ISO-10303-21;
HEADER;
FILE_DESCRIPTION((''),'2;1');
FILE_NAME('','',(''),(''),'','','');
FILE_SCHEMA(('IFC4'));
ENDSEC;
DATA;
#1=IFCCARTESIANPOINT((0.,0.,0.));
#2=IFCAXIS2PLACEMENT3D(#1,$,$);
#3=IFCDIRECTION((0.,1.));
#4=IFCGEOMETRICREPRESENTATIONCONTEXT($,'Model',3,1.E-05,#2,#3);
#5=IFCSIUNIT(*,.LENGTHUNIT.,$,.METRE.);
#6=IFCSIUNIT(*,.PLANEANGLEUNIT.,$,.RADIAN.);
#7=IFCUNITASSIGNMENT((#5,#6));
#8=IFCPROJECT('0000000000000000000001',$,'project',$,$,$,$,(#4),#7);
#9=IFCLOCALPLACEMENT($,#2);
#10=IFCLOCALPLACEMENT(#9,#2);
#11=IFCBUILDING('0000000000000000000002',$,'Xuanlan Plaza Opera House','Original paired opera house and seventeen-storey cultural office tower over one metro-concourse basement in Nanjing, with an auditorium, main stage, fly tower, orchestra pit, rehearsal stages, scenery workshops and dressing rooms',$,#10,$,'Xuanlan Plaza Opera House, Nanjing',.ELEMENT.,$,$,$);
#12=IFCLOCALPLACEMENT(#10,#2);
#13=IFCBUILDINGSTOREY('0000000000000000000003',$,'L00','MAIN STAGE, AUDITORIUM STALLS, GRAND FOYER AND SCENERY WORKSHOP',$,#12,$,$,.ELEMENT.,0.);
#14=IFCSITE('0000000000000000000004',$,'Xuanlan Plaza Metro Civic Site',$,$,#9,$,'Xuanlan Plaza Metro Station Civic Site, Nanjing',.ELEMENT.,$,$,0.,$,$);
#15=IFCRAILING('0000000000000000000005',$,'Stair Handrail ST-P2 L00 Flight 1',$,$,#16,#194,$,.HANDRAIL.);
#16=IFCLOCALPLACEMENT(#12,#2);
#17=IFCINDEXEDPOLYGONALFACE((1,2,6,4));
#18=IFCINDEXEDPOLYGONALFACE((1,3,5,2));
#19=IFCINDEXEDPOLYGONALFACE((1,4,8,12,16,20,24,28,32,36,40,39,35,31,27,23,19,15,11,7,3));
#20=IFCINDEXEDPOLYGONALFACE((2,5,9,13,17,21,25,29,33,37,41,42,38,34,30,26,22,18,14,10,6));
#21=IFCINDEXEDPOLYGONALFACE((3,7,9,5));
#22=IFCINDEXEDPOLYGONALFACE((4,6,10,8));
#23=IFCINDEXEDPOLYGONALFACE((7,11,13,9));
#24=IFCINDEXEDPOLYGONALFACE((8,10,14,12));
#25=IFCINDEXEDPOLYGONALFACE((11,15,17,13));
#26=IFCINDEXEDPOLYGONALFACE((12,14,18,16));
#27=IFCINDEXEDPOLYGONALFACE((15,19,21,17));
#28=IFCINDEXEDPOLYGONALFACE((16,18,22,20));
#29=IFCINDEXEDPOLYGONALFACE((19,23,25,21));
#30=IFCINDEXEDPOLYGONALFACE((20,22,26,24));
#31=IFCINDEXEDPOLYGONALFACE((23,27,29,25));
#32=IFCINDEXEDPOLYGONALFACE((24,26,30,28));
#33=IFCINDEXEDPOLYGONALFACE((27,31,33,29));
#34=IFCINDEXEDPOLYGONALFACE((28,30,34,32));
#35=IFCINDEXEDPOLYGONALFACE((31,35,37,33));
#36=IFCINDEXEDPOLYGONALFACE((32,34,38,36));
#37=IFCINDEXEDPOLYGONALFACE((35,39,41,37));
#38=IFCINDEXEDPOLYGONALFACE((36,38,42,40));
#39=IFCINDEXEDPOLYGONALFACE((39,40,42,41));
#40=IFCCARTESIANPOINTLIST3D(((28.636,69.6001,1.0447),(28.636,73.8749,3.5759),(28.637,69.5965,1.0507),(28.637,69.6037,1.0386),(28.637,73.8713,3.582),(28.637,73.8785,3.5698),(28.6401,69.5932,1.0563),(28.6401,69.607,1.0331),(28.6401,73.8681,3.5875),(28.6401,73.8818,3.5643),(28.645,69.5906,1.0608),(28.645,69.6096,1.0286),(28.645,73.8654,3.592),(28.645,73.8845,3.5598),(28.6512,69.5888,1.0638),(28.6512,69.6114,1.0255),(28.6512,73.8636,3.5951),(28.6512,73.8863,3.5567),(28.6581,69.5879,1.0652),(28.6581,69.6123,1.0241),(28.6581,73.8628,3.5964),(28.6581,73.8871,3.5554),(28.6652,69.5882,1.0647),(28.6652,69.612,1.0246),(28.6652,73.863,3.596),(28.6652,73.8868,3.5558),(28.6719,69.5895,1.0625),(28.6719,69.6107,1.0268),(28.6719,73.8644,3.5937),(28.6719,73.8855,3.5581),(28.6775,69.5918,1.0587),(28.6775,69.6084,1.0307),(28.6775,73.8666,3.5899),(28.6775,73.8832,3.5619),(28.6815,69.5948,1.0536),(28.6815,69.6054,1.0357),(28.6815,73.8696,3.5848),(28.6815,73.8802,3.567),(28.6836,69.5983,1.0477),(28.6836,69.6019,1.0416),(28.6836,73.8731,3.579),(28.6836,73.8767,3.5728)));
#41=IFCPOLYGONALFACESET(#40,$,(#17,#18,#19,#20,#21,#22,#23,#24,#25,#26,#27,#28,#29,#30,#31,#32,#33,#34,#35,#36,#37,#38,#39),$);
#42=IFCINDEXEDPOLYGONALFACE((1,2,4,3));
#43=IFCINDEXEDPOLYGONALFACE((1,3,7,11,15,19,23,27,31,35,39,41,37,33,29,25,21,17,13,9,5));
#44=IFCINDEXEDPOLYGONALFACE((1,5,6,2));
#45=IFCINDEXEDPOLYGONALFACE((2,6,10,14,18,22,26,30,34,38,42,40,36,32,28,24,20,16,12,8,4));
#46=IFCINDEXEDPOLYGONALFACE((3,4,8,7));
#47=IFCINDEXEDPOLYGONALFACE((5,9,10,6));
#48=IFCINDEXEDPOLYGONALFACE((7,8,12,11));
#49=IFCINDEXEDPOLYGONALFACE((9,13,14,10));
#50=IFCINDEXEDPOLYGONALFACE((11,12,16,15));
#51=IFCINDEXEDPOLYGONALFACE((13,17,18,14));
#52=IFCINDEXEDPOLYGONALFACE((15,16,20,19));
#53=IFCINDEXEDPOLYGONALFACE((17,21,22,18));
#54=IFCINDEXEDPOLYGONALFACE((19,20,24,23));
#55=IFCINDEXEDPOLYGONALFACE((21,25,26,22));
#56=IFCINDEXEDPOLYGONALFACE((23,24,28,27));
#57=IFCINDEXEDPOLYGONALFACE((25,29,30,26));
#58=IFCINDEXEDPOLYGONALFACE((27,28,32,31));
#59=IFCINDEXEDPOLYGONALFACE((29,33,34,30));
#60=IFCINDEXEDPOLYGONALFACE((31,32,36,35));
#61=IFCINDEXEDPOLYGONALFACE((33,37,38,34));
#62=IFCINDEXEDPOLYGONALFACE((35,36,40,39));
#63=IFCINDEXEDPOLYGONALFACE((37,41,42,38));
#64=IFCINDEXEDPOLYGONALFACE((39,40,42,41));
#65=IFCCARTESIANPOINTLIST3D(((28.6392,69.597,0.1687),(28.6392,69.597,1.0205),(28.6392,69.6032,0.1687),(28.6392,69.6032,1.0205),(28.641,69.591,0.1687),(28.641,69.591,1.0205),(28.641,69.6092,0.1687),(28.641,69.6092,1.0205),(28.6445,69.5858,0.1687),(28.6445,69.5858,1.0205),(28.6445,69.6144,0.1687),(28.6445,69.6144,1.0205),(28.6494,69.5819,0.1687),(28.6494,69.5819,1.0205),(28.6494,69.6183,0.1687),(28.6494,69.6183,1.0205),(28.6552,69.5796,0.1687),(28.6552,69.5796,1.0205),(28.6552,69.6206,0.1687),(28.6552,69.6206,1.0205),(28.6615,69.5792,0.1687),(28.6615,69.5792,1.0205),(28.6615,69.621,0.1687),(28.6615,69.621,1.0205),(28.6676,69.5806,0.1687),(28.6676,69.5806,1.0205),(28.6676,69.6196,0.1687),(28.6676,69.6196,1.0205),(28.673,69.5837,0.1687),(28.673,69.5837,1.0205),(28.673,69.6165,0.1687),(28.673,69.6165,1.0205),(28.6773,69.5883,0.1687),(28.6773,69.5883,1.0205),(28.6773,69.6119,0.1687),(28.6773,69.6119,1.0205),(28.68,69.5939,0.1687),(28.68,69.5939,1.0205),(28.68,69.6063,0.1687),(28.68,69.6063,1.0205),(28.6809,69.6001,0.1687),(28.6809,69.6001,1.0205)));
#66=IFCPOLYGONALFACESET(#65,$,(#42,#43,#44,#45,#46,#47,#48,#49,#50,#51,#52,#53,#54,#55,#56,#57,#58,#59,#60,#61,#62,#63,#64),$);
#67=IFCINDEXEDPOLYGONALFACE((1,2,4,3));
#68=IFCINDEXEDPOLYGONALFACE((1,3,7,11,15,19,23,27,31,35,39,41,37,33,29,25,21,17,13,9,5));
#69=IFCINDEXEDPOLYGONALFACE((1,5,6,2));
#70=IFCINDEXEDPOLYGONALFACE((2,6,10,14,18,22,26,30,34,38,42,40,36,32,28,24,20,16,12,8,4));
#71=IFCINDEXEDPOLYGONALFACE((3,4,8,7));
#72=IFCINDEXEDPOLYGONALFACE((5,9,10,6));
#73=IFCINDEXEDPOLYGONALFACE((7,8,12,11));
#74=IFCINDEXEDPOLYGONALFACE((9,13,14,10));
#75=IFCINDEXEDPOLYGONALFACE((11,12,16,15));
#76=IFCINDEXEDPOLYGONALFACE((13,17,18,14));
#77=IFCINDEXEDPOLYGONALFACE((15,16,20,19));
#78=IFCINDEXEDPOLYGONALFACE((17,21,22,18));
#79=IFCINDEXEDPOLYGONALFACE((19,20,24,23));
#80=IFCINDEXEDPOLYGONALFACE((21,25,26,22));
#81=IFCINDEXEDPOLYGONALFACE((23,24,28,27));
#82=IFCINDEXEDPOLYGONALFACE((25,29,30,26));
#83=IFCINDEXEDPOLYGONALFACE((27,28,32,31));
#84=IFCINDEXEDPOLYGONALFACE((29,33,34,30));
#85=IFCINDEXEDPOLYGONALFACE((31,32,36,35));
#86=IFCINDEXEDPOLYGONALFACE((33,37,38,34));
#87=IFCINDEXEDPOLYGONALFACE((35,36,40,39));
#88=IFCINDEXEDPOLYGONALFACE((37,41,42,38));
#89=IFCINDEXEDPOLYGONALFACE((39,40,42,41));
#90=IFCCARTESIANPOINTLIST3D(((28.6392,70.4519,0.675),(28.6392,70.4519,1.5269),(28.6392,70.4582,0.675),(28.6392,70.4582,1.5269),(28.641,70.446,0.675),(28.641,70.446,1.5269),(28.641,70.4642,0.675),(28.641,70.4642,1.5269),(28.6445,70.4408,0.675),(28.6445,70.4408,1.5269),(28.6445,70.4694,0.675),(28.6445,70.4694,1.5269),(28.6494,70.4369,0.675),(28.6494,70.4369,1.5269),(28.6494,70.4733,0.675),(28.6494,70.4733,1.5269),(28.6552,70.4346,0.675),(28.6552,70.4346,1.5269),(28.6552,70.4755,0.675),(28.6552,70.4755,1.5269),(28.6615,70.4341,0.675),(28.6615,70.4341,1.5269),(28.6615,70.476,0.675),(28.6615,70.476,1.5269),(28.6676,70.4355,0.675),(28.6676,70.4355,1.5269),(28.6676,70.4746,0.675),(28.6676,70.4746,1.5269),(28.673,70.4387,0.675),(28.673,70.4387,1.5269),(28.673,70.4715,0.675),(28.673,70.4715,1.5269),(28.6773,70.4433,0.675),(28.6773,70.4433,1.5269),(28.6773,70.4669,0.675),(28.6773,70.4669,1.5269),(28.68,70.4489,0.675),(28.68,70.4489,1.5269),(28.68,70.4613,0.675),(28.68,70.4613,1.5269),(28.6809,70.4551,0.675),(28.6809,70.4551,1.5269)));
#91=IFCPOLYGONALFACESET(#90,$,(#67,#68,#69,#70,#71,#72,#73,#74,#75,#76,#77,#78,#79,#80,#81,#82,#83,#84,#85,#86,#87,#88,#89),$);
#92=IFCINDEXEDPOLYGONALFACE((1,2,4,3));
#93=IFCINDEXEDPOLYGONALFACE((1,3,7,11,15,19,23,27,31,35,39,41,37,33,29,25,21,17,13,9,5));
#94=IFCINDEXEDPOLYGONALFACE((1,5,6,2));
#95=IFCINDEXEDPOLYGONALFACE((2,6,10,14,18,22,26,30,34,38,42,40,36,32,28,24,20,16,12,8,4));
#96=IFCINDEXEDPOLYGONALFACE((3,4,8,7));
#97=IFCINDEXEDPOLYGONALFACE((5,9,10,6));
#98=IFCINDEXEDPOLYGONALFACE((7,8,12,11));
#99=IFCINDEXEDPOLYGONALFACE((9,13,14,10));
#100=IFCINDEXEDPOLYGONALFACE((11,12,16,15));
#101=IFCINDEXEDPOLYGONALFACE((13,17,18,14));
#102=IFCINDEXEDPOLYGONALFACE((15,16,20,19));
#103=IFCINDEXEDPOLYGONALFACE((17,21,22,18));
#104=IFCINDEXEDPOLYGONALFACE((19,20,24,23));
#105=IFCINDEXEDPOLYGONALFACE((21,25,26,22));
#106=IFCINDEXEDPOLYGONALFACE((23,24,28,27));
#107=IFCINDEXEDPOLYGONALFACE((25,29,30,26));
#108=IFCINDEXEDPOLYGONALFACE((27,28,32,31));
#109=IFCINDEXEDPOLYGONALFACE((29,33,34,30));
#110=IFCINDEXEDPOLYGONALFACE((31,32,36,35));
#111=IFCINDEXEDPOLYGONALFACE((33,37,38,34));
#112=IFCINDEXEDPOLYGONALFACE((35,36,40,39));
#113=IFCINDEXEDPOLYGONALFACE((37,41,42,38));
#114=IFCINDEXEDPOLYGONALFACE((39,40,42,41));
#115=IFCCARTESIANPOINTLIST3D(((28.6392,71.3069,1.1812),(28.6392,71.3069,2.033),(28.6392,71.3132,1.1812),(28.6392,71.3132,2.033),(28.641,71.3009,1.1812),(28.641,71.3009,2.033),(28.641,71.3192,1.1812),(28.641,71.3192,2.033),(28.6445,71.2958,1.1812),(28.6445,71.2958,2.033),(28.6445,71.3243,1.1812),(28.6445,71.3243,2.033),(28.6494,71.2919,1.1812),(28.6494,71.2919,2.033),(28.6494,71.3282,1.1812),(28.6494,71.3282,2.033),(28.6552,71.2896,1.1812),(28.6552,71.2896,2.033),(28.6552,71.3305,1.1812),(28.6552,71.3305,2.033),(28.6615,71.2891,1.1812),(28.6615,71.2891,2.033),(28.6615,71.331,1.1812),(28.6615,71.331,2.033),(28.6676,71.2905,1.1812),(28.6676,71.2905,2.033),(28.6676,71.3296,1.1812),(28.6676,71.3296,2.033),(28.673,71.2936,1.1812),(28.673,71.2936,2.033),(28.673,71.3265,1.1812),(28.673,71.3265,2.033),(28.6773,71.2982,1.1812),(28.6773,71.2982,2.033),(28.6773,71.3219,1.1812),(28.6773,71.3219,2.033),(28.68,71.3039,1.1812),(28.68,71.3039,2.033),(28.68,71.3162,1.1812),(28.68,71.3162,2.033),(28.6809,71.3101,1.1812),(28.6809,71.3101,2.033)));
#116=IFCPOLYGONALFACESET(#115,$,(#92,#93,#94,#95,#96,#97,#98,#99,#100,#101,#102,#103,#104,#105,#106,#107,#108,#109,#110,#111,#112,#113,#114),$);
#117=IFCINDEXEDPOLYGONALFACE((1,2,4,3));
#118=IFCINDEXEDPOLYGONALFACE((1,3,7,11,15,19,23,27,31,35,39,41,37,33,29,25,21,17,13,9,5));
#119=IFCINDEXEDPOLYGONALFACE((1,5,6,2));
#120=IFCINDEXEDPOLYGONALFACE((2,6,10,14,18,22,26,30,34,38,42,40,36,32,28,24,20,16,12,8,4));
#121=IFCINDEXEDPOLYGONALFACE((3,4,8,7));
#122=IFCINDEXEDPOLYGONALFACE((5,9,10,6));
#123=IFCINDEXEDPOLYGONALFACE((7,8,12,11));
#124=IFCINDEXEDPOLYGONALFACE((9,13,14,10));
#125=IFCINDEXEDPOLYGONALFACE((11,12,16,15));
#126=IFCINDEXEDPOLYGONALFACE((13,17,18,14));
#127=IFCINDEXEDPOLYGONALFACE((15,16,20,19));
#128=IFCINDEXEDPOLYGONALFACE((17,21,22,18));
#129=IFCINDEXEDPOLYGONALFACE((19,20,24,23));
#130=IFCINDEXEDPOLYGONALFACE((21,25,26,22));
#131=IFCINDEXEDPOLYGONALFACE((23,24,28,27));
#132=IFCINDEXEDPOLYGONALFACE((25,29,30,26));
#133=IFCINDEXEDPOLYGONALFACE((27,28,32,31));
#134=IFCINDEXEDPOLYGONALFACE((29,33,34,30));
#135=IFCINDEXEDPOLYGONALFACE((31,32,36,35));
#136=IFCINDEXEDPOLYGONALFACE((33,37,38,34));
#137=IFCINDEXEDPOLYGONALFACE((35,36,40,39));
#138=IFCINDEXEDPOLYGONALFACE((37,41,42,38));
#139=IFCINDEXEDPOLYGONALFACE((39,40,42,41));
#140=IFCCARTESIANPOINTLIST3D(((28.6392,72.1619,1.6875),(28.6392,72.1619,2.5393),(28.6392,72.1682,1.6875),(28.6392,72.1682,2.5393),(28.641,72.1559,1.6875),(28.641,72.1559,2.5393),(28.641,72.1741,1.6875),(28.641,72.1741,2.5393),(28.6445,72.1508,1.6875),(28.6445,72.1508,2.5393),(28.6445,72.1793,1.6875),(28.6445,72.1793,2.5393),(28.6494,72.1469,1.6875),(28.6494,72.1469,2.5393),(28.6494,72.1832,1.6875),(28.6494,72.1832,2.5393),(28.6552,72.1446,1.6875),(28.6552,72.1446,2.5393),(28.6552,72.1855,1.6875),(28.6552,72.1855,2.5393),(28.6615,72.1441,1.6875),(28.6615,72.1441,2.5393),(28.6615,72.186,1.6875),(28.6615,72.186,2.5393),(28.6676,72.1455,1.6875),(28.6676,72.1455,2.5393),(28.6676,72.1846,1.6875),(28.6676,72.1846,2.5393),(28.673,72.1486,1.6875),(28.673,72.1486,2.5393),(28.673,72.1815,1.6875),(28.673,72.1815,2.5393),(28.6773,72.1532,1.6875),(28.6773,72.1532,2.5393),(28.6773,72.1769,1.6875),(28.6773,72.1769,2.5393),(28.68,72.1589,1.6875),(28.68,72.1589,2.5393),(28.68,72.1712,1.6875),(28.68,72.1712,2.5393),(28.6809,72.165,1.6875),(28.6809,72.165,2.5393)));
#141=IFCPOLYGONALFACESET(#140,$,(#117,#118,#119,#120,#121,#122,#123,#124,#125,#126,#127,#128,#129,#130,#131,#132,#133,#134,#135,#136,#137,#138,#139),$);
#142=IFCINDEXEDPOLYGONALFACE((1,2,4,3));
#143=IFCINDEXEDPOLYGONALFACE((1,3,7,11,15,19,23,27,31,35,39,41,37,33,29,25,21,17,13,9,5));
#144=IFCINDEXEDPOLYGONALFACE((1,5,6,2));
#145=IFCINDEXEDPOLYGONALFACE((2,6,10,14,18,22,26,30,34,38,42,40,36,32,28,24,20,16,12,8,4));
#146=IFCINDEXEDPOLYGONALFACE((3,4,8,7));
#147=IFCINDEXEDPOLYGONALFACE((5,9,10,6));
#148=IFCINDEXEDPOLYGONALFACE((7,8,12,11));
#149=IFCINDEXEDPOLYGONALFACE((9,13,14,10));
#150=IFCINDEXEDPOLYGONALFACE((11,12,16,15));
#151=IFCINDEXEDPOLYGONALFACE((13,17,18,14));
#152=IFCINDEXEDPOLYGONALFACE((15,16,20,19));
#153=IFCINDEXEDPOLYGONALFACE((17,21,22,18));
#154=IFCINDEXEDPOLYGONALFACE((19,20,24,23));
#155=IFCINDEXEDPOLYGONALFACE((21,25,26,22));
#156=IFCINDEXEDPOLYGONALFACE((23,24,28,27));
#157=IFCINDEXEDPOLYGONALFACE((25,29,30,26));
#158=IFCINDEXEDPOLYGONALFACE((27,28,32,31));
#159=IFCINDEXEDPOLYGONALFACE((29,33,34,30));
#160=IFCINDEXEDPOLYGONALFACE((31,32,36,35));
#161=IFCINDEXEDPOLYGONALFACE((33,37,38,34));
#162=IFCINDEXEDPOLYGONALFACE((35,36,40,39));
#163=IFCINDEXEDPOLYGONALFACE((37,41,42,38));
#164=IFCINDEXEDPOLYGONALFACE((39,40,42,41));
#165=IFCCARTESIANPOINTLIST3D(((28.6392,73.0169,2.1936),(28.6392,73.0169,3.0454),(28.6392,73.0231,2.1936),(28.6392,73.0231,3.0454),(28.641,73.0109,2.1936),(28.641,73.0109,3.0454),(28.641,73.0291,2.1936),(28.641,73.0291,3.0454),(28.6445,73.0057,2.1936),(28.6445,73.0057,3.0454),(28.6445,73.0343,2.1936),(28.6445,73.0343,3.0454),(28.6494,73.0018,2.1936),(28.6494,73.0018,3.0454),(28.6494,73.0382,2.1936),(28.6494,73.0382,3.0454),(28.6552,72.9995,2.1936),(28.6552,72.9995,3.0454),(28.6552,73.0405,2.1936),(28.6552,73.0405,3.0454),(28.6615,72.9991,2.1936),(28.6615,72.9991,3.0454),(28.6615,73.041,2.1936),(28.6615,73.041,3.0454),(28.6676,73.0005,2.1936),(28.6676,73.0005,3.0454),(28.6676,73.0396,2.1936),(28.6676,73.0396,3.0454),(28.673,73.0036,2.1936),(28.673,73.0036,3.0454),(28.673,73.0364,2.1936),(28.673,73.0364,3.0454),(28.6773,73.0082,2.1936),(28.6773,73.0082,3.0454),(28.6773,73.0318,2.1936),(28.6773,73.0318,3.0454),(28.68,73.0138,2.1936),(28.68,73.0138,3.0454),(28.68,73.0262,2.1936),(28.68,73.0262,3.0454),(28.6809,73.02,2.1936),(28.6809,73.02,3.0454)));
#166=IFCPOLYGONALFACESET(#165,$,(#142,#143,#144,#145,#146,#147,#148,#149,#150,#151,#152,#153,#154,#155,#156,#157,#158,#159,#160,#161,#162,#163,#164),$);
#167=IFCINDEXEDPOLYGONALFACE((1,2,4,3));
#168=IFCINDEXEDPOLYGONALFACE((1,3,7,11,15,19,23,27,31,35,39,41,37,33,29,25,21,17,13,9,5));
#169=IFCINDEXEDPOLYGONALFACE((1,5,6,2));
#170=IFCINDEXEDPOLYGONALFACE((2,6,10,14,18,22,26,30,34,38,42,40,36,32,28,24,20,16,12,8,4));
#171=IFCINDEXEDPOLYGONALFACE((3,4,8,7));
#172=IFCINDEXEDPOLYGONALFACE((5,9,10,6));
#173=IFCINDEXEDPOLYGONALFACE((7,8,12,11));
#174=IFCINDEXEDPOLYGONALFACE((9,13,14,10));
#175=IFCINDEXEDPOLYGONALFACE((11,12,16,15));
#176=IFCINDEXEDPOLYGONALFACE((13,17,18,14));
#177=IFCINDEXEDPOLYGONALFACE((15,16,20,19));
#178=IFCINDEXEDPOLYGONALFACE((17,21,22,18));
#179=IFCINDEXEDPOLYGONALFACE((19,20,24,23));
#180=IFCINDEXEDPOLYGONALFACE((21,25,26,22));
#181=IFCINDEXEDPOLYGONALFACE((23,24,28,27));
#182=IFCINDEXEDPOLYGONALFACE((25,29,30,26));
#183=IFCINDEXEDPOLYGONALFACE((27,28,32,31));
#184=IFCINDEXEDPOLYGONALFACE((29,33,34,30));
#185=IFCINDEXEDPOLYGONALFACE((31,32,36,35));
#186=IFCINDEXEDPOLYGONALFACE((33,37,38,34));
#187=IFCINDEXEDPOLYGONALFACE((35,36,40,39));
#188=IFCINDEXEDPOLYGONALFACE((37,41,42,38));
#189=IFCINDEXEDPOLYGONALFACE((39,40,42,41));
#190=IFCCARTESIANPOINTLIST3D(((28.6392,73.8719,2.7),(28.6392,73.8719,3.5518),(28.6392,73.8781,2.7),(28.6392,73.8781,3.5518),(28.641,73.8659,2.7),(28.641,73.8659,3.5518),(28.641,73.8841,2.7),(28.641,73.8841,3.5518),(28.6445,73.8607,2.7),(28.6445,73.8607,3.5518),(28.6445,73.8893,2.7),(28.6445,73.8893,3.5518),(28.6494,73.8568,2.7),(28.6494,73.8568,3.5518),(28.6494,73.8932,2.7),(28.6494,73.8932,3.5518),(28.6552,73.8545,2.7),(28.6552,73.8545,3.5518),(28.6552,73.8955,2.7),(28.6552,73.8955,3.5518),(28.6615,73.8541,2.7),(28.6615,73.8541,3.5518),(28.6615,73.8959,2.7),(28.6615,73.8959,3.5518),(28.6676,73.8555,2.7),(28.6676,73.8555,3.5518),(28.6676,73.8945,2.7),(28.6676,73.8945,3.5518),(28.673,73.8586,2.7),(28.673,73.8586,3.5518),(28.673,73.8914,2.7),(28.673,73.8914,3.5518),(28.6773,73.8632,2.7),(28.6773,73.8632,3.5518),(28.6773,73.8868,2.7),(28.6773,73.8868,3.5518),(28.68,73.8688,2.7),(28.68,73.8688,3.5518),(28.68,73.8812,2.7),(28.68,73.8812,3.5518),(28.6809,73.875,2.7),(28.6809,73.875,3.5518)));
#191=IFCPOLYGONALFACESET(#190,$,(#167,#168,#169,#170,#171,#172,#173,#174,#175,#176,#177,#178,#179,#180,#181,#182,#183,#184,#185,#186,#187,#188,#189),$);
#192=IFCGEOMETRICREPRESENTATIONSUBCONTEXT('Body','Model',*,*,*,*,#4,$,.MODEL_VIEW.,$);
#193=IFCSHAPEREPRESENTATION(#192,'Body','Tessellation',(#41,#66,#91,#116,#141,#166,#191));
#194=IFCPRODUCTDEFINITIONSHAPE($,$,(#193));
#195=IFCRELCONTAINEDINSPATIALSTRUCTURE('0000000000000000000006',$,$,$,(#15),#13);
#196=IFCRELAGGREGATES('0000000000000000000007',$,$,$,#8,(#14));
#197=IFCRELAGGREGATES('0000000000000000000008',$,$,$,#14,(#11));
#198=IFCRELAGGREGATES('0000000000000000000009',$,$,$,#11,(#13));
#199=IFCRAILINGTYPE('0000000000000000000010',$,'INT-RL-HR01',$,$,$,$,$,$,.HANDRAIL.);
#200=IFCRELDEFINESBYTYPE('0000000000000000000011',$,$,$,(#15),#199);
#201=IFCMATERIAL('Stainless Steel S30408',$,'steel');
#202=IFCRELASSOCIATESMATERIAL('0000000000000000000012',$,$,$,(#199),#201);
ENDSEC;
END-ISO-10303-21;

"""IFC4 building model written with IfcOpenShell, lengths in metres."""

from ifc_helpers import new_model, si_unit, direction, frame, origin, origin_2d, place, context, subcontext, project, spatial, circle, extrude, material, type_object, element, save


model = new_model("IFC4")

# Units and contexts
model_context = context("Model", 3, precision=1e-05, world=origin(), true_north=direction((0.0, 1.0)))
body_context = subcontext(model_context, "Body", "Model", "MODEL_VIEW")
ifc_project = project(units=[si_unit("LENGTHUNIT", "METRE"), si_unit("PLANEANGLEUNIT", "RADIAN")], contexts=[model_context])

# Site, building, storey
site_placement = place(None, origin())
site = spatial("IfcSite", under=ifc_project, at=site_placement, Name="Xuanlan Plaza Metro Civic Site", LongName="Xuanlan Plaza Metro Station Civic Site, Nanjing", CompositionType="ELEMENT", RefElevation=0.0)
building_placement = place(site_placement, origin())
building = spatial("IfcBuilding", under=site, at=building_placement, Name="Xuanlan Plaza Opera House", Description="Original paired opera house and seventeen-storey cultural office tower over one metro-concourse basement in Nanjing, with an auditorium, main stage, fly tower, orchestra pit, rehearsal stages, scenery workshops and dressing rooms", LongName="Xuanlan Plaza Opera House, Nanjing", CompositionType="ELEMENT")
storey_placement = place(building_placement, origin())
storey = spatial("IfcBuildingStorey", under=building, at=storey_placement, Name="L00", Description="MAIN STAGE, AUDITORIUM STALLS, GRAND FOYER AND SCENERY WORKSHOP", CompositionType="ELEMENT", Elevation=0.0)

# Railing
ifc_material_1 = material(Name="Stainless Steel S30408", Category="steel")
railing_type = type_object("IfcRailingType", Name="INT-RL-HR01", PredefinedType="HANDRAIL", material=ifc_material_1)
for number, where, name in (
    (1, (28.6599, 69.6001, 0.1687), "Stair Handrail ST-P2 L00 Flight 1"),
):
    element("IfcRailing", number, at=place(storey_placement, frame(where)), inside=storey, type_object=railing_type, Name=name, PredefinedType="HANDRAIL", context=body_context, shape_type="SweptSolid", body=[
        extrude(circle(Radius=0.0239, at=origin_2d()), frame((0.0, 0.0, 0.876), z_axis=(0.0, 0.86047, 0.509501), x_axis=(-1.0, 0.0, 0.0)), (0.0, 0.0, 1.0), 4.968),
        extrude(circle(Radius=0.021, at=origin_2d()), origin(), (0.0, 0.0, 1.0), 0.8518),
        extrude(circle(Radius=0.021, at=origin_2d()), frame((0.0, 0.855, 0.5063)), (0.0, 0.0, 1.0), 0.8518),
        extrude(circle(Radius=0.021, at=origin_2d()), frame((0.0, 1.71, 1.0125)), (0.0, 0.0, 1.0), 0.8518),
        extrude(circle(Radius=0.021, at=origin_2d()), frame((0.0, 2.5649, 1.5188)), (0.0, 0.0, 1.0), 0.8518),
        extrude(circle(Radius=0.021, at=origin_2d()), frame((0.0, 3.4199, 2.0249)), (0.0, 0.0, 1.0), 0.8518),
        extrude(circle(Radius=0.021, at=origin_2d()), frame((0.0, 4.2749, 2.5312)), (0.0, 0.0, 1.0), 0.8518),
    ])

save(model, "model.ifc")
